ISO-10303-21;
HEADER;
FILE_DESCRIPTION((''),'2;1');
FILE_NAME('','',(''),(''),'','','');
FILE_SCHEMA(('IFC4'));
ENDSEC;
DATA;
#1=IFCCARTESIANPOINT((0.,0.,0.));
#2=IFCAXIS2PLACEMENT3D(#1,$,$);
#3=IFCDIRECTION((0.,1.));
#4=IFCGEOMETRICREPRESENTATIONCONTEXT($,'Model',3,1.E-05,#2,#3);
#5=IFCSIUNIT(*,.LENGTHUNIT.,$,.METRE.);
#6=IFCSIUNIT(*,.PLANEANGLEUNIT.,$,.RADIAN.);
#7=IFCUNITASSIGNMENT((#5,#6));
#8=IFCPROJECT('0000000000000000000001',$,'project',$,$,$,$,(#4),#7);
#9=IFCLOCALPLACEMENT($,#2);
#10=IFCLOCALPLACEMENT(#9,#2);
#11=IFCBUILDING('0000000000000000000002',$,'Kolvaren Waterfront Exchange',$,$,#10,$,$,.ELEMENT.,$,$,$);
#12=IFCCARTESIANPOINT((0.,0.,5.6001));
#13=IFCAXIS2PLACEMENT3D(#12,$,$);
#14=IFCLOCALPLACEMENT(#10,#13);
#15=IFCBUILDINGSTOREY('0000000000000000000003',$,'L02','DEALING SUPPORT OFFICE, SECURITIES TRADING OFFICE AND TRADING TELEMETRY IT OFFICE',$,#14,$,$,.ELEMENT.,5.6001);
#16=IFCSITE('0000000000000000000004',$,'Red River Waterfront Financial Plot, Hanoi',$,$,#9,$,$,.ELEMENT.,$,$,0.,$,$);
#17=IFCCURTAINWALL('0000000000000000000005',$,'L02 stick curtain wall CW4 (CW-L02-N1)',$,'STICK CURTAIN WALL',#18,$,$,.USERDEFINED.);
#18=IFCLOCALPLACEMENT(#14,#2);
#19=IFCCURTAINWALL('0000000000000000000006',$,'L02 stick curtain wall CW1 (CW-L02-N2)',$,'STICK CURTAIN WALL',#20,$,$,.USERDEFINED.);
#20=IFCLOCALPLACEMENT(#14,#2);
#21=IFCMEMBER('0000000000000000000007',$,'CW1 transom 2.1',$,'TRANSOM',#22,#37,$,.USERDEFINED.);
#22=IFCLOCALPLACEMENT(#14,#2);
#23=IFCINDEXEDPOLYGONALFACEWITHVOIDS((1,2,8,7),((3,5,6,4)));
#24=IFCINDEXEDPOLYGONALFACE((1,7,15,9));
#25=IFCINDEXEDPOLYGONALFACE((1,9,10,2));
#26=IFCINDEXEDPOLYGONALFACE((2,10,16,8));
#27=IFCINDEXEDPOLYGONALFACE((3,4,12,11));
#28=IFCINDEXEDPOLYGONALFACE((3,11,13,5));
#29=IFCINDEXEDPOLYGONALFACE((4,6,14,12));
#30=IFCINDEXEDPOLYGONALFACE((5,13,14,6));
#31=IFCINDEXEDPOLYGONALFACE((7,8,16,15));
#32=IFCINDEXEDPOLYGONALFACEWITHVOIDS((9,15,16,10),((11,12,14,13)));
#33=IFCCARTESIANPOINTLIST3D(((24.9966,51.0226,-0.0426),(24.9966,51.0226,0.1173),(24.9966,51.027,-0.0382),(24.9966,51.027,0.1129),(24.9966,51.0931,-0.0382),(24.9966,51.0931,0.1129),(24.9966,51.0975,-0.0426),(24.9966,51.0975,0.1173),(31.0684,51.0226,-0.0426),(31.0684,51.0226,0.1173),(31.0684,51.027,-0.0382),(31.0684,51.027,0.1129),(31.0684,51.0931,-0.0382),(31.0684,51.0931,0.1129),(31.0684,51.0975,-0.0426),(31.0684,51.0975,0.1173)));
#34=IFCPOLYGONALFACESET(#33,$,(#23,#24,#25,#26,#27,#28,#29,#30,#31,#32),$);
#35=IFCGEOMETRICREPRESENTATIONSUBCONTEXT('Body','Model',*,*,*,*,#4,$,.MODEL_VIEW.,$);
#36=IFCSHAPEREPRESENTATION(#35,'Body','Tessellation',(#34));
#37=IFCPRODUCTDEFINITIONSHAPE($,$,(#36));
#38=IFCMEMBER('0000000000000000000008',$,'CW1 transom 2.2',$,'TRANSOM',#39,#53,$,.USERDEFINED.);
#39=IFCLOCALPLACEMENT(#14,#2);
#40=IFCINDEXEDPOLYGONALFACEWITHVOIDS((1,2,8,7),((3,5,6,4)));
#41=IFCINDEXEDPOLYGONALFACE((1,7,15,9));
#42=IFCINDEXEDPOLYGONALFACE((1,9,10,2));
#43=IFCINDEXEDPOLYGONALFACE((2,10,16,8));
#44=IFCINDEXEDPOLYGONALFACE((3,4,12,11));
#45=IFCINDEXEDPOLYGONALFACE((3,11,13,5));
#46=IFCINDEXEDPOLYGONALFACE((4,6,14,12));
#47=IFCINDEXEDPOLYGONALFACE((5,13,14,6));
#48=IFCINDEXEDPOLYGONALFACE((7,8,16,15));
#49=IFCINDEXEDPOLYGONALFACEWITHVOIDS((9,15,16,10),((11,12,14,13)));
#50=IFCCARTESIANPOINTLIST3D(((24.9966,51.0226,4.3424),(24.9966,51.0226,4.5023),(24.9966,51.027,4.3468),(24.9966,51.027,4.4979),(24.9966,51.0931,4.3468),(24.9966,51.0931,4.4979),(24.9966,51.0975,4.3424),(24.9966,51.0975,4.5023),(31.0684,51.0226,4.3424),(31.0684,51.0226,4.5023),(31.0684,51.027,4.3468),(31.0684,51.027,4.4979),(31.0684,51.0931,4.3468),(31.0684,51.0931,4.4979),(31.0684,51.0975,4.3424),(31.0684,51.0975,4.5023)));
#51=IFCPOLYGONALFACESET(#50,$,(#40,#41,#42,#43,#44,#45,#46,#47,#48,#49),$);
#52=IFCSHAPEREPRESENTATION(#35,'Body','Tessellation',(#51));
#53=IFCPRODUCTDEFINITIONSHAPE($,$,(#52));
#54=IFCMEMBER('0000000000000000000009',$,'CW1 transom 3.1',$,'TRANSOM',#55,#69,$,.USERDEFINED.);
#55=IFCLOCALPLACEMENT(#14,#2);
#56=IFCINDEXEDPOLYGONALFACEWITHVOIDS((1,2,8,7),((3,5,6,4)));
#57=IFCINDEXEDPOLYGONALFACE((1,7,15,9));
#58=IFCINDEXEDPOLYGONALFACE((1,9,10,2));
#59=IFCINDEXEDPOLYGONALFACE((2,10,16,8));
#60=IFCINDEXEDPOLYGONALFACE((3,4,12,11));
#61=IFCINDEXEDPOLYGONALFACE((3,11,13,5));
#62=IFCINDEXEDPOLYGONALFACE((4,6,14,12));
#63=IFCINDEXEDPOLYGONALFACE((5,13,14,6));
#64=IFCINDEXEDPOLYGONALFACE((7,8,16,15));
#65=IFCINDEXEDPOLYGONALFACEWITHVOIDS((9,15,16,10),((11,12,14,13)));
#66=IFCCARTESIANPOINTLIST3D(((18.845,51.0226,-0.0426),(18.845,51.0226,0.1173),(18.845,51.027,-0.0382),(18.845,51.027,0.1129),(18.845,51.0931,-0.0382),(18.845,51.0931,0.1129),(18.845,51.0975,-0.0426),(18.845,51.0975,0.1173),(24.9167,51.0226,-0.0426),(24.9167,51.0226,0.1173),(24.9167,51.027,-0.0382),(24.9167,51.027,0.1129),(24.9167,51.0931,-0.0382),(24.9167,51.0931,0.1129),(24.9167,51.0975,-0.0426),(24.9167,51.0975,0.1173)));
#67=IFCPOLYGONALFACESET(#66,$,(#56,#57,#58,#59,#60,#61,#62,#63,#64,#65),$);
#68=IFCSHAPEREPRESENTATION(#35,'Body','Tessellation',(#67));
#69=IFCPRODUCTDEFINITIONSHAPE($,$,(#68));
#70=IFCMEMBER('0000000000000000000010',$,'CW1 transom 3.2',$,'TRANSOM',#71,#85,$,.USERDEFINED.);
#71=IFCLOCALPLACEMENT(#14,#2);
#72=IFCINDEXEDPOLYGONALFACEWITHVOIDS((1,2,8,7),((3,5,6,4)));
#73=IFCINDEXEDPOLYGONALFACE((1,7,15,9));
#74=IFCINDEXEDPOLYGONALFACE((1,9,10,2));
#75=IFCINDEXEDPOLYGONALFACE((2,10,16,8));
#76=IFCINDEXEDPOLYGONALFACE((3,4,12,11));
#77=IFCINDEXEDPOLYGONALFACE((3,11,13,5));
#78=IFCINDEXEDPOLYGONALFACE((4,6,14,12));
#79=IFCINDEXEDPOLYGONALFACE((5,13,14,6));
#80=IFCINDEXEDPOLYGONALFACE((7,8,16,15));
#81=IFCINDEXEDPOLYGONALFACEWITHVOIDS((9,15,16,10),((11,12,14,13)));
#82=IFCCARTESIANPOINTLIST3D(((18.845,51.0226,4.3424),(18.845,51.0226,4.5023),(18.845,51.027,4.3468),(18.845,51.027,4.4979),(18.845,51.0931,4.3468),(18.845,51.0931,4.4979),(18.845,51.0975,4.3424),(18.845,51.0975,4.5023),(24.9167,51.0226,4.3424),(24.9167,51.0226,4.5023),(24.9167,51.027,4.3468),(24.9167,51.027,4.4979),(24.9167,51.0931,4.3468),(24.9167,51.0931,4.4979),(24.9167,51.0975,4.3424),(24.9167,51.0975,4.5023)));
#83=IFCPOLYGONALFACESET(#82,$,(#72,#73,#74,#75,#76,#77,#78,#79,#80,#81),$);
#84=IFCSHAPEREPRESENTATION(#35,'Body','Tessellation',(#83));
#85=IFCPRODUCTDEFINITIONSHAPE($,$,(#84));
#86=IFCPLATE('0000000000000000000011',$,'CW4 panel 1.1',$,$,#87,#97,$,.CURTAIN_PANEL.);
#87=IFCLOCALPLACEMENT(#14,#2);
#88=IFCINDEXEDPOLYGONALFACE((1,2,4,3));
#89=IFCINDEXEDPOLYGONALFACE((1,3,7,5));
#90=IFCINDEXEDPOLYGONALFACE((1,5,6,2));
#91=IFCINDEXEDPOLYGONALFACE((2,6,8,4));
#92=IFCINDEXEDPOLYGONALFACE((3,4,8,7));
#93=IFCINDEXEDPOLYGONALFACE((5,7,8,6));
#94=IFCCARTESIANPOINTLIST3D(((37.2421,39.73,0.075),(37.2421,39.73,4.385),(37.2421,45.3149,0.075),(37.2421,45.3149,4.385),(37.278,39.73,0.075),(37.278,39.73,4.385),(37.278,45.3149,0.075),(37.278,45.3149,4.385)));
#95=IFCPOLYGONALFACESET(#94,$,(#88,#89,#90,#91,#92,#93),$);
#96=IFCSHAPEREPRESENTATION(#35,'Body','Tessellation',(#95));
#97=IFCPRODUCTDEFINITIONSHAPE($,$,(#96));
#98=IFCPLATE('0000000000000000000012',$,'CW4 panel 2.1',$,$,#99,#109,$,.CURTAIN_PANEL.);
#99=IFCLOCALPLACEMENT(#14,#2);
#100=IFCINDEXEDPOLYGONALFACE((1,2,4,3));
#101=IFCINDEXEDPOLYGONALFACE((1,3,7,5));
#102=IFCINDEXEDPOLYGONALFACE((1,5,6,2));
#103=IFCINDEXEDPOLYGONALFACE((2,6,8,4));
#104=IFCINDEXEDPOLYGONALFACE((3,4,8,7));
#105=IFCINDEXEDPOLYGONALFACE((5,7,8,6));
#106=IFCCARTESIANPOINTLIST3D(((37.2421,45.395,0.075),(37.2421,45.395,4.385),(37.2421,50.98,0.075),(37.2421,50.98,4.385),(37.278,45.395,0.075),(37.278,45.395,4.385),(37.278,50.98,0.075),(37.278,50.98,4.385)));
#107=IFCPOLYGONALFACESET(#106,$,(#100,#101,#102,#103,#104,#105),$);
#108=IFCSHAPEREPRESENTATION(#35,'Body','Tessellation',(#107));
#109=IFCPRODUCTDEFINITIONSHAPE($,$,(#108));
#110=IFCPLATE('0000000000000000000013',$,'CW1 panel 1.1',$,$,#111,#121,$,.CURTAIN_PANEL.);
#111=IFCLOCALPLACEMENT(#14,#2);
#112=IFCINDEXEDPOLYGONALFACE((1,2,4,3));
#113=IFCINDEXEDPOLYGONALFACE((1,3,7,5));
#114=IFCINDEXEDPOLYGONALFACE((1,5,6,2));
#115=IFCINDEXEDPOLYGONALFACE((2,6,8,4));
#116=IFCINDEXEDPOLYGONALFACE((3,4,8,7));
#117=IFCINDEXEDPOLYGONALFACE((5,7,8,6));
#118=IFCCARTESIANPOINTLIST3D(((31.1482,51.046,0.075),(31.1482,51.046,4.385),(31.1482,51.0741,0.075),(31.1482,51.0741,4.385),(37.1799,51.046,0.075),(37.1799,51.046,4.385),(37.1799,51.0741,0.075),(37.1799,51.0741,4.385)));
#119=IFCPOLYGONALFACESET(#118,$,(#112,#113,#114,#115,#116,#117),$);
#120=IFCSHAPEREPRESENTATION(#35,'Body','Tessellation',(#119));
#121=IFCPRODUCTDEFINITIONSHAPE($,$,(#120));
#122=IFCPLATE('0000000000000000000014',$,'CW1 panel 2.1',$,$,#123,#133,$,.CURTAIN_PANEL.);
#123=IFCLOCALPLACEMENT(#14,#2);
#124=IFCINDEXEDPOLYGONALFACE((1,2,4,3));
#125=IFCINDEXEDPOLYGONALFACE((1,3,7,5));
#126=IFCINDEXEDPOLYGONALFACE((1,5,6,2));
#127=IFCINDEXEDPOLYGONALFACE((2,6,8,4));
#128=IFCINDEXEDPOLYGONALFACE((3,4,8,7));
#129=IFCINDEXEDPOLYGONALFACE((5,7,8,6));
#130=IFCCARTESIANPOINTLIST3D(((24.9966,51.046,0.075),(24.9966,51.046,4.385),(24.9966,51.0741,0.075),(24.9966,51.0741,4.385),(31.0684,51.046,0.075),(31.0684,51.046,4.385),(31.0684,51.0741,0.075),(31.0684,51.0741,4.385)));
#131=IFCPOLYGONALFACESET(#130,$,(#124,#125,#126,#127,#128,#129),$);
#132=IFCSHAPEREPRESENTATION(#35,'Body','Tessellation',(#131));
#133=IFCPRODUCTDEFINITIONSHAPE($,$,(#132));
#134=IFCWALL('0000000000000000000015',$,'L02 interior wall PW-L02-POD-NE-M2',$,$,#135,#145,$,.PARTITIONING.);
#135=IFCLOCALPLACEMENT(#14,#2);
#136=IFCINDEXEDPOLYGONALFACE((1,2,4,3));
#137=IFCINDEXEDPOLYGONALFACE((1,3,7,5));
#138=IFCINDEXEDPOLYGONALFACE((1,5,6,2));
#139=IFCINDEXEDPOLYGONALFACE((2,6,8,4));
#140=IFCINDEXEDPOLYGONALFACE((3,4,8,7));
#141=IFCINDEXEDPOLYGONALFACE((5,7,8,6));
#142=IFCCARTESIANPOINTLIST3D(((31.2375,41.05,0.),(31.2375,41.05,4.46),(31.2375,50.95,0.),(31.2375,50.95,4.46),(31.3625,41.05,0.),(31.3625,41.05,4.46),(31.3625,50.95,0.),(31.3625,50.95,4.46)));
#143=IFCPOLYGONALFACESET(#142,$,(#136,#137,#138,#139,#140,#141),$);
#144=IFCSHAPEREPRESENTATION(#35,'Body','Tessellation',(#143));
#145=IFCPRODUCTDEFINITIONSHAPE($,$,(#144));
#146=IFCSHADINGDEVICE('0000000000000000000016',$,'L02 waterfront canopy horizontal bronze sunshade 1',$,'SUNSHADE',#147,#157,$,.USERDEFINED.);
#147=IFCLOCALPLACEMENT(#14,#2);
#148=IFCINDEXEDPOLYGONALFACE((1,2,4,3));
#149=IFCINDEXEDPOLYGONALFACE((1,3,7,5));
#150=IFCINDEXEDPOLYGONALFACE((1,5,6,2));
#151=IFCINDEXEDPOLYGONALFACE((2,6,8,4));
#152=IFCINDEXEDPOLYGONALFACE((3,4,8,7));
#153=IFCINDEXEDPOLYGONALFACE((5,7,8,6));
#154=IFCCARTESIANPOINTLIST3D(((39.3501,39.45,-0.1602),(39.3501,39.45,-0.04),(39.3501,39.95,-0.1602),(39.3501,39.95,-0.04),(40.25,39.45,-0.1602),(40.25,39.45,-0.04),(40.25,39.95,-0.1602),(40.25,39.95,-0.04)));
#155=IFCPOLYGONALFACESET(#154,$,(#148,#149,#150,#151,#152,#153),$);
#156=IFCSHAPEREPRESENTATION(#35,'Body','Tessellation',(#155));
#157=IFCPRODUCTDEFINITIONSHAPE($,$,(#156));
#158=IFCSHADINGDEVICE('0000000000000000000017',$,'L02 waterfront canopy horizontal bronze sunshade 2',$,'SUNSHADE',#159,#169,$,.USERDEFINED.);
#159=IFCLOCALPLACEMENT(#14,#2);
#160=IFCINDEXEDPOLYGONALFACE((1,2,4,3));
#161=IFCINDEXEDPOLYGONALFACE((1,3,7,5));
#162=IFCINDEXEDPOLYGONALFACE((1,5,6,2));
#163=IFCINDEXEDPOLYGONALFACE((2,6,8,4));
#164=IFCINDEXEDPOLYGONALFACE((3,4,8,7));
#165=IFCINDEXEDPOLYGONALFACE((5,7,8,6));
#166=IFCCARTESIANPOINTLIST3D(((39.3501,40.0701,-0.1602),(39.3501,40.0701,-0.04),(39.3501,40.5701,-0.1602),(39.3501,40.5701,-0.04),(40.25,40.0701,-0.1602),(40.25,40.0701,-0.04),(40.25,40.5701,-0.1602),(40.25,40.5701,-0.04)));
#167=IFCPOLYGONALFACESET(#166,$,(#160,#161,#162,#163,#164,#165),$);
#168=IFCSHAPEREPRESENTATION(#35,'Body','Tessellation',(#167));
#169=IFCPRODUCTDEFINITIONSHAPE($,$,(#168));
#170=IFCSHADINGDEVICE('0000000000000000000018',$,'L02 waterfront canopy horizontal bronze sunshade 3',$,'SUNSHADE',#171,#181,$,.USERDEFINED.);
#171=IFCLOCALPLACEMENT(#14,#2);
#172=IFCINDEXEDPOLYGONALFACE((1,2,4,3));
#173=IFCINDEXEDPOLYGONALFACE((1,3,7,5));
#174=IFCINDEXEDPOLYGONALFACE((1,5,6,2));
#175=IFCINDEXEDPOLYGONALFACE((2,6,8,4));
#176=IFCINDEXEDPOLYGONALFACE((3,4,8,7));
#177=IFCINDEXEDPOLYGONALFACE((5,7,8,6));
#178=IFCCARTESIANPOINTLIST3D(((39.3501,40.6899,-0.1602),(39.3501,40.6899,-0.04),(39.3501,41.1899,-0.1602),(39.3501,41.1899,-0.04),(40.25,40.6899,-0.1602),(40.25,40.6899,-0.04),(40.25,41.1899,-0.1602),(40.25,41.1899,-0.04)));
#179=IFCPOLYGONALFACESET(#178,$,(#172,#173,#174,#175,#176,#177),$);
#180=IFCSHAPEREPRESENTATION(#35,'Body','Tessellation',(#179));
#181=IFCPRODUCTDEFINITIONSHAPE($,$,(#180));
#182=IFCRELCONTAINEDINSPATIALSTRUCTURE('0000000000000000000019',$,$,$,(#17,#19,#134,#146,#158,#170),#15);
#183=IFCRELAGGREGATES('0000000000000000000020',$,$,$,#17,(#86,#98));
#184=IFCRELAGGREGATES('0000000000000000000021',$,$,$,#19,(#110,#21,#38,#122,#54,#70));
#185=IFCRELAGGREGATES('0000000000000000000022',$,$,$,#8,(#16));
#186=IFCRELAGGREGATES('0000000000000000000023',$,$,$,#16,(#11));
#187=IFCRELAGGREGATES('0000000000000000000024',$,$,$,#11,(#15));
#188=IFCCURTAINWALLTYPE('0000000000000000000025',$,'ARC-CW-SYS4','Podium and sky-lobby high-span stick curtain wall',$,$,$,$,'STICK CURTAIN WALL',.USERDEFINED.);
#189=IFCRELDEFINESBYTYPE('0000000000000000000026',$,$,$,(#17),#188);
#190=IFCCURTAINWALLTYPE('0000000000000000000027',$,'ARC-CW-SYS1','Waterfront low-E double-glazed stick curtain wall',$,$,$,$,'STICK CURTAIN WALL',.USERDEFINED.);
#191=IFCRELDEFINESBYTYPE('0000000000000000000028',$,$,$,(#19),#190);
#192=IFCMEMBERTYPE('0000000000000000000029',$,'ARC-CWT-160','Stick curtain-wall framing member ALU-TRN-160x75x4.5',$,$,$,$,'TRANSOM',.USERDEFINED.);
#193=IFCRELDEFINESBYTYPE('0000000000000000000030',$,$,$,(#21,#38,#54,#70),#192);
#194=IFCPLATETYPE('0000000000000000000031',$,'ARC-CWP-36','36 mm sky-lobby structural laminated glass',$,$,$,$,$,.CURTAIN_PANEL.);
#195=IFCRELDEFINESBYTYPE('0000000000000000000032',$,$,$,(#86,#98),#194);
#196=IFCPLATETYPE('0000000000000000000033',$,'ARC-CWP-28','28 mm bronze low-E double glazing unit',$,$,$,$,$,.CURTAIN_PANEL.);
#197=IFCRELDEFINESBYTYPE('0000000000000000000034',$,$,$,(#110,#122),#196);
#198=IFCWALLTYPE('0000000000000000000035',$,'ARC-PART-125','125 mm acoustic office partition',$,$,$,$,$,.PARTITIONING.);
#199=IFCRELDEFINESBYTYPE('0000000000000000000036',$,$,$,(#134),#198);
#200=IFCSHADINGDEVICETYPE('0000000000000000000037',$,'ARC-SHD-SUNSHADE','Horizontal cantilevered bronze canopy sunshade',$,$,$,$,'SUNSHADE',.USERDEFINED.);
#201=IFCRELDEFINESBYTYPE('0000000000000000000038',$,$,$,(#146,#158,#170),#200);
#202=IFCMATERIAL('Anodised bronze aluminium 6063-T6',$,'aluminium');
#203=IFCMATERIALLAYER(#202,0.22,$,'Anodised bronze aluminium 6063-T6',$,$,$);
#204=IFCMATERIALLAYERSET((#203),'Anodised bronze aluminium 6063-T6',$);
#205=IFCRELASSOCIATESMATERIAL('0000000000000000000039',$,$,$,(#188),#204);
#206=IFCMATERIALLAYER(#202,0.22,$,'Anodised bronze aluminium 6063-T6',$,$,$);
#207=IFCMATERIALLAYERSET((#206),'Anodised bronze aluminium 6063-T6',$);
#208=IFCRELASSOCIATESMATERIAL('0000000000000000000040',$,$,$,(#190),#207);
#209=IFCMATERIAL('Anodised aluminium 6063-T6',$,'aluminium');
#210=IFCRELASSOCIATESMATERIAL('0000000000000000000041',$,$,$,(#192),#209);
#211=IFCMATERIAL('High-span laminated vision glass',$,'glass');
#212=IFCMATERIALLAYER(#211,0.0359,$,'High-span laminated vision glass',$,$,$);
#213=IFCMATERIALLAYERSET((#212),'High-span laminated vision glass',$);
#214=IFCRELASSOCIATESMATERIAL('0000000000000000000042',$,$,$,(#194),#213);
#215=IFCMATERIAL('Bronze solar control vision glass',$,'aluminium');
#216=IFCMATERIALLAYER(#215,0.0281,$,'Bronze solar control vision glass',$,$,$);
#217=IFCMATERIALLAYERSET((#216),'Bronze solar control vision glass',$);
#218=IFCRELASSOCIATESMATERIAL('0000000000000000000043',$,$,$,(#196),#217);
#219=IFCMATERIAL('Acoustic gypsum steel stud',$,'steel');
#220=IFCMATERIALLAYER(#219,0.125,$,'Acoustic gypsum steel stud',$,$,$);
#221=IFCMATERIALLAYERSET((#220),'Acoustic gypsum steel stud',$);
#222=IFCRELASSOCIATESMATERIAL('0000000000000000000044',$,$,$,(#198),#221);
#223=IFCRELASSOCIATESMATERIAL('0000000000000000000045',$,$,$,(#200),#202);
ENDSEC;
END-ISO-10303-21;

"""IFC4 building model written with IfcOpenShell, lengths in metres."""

from ifc_helpers import new_model, si_unit, direction, frame, frame_2d, origin, origin_with_axes, origin_2d, place, context, subcontext, project, spatial, rectangle, hollow_rectangle, extrude, source, transform, mapped, material, layer, layer_set, material_profile, profile_set, type_object, element, aggregate, save


model = new_model("IFC4")

# Units and contexts
model_context = context("Model", 3, precision=1e-05, world=origin(), true_north=direction((0.0, 1.0)))
body_context = subcontext(model_context, "Body", "Model", "MODEL_VIEW")
ifc_project = project(units=[si_unit("LENGTHUNIT", "METRE"), si_unit("PLANEANGLEUNIT", "RADIAN")], contexts=[model_context])

# Site, building, storey
site_placement = place(None, origin())
site = spatial("IfcSite", under=ifc_project, at=site_placement, Name="Red River Waterfront Financial Plot, Hanoi", CompositionType="ELEMENT", RefElevation=0.0)
building_placement = place(site_placement, origin())
building = spatial("IfcBuilding", under=site, at=building_placement, Name="Kolvaren Waterfront Exchange", CompositionType="ELEMENT")
storey_placement = place(building_placement, frame((0.0, 0.0, 5.6001)))
storey = spatial("IfcBuildingStorey", under=building, at=storey_placement, Name="L02", Description="DEALING SUPPORT OFFICE, SECURITIES TRADING OFFICE AND TRADING TELEMETRY IT OFFICE", CompositionType="ELEMENT", Elevation=5.6001)

# Shared definitions
ifc_material_1 = material(Name="Anodised bronze aluminium 6063-T6", Category="aluminium")
ifc_layer_1 = layer(ifc_material_1, 0.22, Name="Anodised bronze aluminium 6063-T6")
ifc_layer_set_1 = layer_set([ifc_layer_1], Name="Anodised bronze aluminium 6063-T6")
curtain_wall_type_1 = type_object("IfcCurtainWallType", Name="ARC-CW-SYS4", Description="Podium and sky-lobby high-span stick curtain wall", ElementType="STICK CURTAIN WALL", PredefinedType="USERDEFINED", material=ifc_layer_set_1)
ifc_material_2 = material(Name="Anodised aluminium 6063-T6", Category="aluminium")

# Curtain walls
curtain_wall_1_placement = place(storey_placement, origin())
curtain_wall_1 = element("IfcCurtainWall", 1, at=curtain_wall_1_placement, inside=storey, type_object=curtain_wall_type_1, Name="L02 stick curtain wall CW4 (CW-L02-N1)", ObjectType="STICK CURTAIN WALL", PredefinedType="USERDEFINED")
ifc_layer_2 = layer(ifc_material_1, 0.22, Name="Anodised bronze aluminium 6063-T6")
ifc_layer_set_2 = layer_set([ifc_layer_2], Name="Anodised bronze aluminium 6063-T6")
curtain_wall_type_2 = type_object("IfcCurtainWallType", Name="ARC-CW-SYS1", Description="Waterfront low-E double-glazed stick curtain wall", ElementType="STICK CURTAIN WALL", PredefinedType="USERDEFINED", material=ifc_layer_set_2)
curtain_wall_2_placement = place(storey_placement, origin())
curtain_wall_2 = element("IfcCurtainWall", 2, at=curtain_wall_2_placement, inside=storey, type_object=curtain_wall_type_2, Name="L02 stick curtain wall CW1 (CW-L02-N2)", ObjectType="STICK CURTAIN WALL", PredefinedType="USERDEFINED")

# Members
ifc_material_profile_1 = material_profile(ifc_material_2, hollow_rectangle(XDim=0.075, YDim=0.1599, WallThickness=0.0044, at=origin_2d()), Name="ALU-TRN-160x75x4.5")
ifc_profile_set_1 = profile_set([ifc_material_profile_1], Name="Anodised aluminium 6063-T6")
member_type_1 = type_object("IfcMemberType", Name="ARC-CWT-160", Description="Stick curtain-wall framing member ALU-TRN-160x75x4.5", ElementType="TRANSOM", PredefinedType="USERDEFINED", material=ifc_profile_set_1)
shared_shape_1 = source(origin_with_axes(), body_context, "Body", "SweptSolid", [
    extrude(hollow_rectangle(XDim=0.075, YDim=0.1599, WallThickness=0.0044, at=origin_2d()), origin(), (0.0, 0.0, 1.0), 6.0718),
])
member_1_placement = place(storey_placement, frame((31.0684, 51.0601, 0.0374), z_axis=(-1.0, 0.0, 0.0), x_axis=(0.0, -1.0, 0.0)))
member_1 = element("IfcMember", 3, at=member_1_placement, type_object=member_type_1, Name="CW1 transom 2.1", ObjectType="TRANSOM", PredefinedType="USERDEFINED", context=body_context, shape_type="MappedRepresentation", body=[
    mapped(shared_shape_1, transform((0.0, 0.0, 0.0), x_axis=(1.0, 0.0, 0.0), y_axis=(0.0, 1.0, 0.0), z_axis=(0.0, 0.0, 1.0), scale=1.0)),
])
member_2_placement = place(storey_placement, frame((31.0684, 51.0601, 4.4224), z_axis=(-1.0, 0.0, 0.0), x_axis=(0.0, -1.0, 0.0)))
member_2 = element("IfcMember", 4, at=member_2_placement, type_object=member_type_1, Name="CW1 transom 2.2", ObjectType="TRANSOM", PredefinedType="USERDEFINED", context=body_context, shape_type="MappedRepresentation", body=[
    mapped(shared_shape_1, transform((0.0, 0.0, 0.0), x_axis=(1.0, 0.0, 0.0), y_axis=(0.0, 1.0, 0.0), z_axis=(0.0, 0.0, 1.0), scale=1.0)),
])
member_3_placement = place(storey_placement, frame((24.9167, 51.0601, 0.0374), z_axis=(-1.0, 0.0, 0.0), x_axis=(0.0, -1.0, 0.0)))
member_3 = element("IfcMember", 5, at=member_3_placement, type_object=member_type_1, Name="CW1 transom 3.1", ObjectType="TRANSOM", PredefinedType="USERDEFINED", context=body_context, shape_type="MappedRepresentation", body=[
    mapped(shared_shape_1, transform((0.0, 0.0, 0.0), x_axis=(1.0, 0.0, 0.0), y_axis=(0.0, 1.0, 0.0), z_axis=(0.0, 0.0, 1.0), scale=1.0)),
])
member_4_placement = place(storey_placement, frame((24.9167, 51.0601, 4.4224), z_axis=(-1.0, 0.0, 0.0), x_axis=(0.0, -1.0, 0.0)))
member_4 = element("IfcMember", 6, at=member_4_placement, type_object=member_type_1, Name="CW1 transom 3.2", ObjectType="TRANSOM", PredefinedType="USERDEFINED", context=body_context, shape_type="MappedRepresentation", body=[
    mapped(shared_shape_1, transform((0.0, 0.0, 0.0), x_axis=(1.0, 0.0, 0.0), y_axis=(0.0, 1.0, 0.0), z_axis=(0.0, 0.0, 1.0), scale=1.0)),
])

# Plates
ifc_material_3 = material(Name="High-span laminated vision glass", Category="glass")
ifc_layer_3 = layer(ifc_material_3, 0.0359, Name="High-span laminated vision glass")
ifc_layer_set_3 = layer_set([ifc_layer_3], Name="High-span laminated vision glass")
plate_type_1 = type_object("IfcPlateType", Name="ARC-CWP-36", Description="36 mm sky-lobby structural laminated glass", PredefinedType="CURTAIN_PANEL", material=ifc_layer_set_3)
shared_shape_2 = source(origin_with_axes(), body_context, "Body", "SweptSolid", [
    extrude(rectangle(XDim=5.585, YDim=0.0359, at=origin_2d()), origin(), (0.0, 0.0, 1.0), 4.3101),
])
plate_1_placement = place(storey_placement, frame((37.26, 42.5225, 0.075), z_axis=(0.0, 0.0, 1.0), x_axis=(0.0, 1.0, 0.0)))
plate_1 = element("IfcPlate", 7, at=plate_1_placement, type_object=plate_type_1, Name="CW4 panel 1.1", PredefinedType="CURTAIN_PANEL", context=body_context, shape_type="MappedRepresentation", body=[
    mapped(shared_shape_2, transform((0.0, 0.0, 0.0), x_axis=(1.0, 0.0, 0.0), y_axis=(0.0, 1.0, 0.0), z_axis=(0.0, 0.0, 1.0), scale=1.0)),
])
plate_2_placement = place(storey_placement, frame((37.26, 48.1875, 0.075), z_axis=(0.0, 0.0, 1.0), x_axis=(0.0, 1.0, 0.0)))
plate_2 = element("IfcPlate", 8, at=plate_2_placement, type_object=plate_type_1, Name="CW4 panel 2.1", PredefinedType="CURTAIN_PANEL", context=body_context, shape_type="MappedRepresentation", body=[
    mapped(shared_shape_2, transform((0.0, 0.0, 0.0), x_axis=(1.0, 0.0, 0.0), y_axis=(0.0, 1.0, 0.0), z_axis=(0.0, 0.0, 1.0), scale=1.0)),
])
aggregate(curtain_wall_1, [plate_1, plate_2])
ifc_material_4 = material(Name="Bronze solar control vision glass", Category="aluminium")
ifc_layer_4 = layer(ifc_material_4, 0.0281, Name="Bronze solar control vision glass")
ifc_layer_set_4 = layer_set([ifc_layer_4], Name="Bronze solar control vision glass")
plate_type_2 = type_object("IfcPlateType", Name="ARC-CWP-28", Description="28 mm bronze low-E double glazing unit", PredefinedType="CURTAIN_PANEL", material=ifc_layer_set_4)
shared_shape_3 = source(origin_with_axes(), body_context, "Body", "SweptSolid", [
    extrude(rectangle(XDim=6.0317, YDim=0.0281, at=origin_2d()), origin(), (0.0, 0.0, 1.0), 4.3101),
])
plate_3_placement = place(storey_placement, frame((34.1641, 51.0601, 0.075), z_axis=(0.0, 0.0, 1.0), x_axis=(-1.0, 0.0, 0.0)))
plate_3 = element("IfcPlate", 9, at=plate_3_placement, type_object=plate_type_2, Name="CW1 panel 1.1", PredefinedType="CURTAIN_PANEL", context=body_context, shape_type="MappedRepresentation", body=[
    mapped(shared_shape_3, transform((0.0, 0.0, 0.0), x_axis=(1.0, 0.0, 0.0), y_axis=(0.0, 1.0, 0.0), z_axis=(0.0, 0.0, 1.0), scale=1.0)),
])
shared_shape_4 = source(origin_with_axes(), body_context, "Body", "SweptSolid", [
    extrude(rectangle(XDim=6.0718, YDim=0.0281, at=origin_2d()), origin(), (0.0, 0.0, 1.0), 4.3101),
])
plate_4_placement = place(storey_placement, frame((28.0325, 51.0601, 0.075), z_axis=(0.0, 0.0, 1.0), x_axis=(-1.0, 0.0, 0.0)))
plate_4 = element("IfcPlate", 10, at=plate_4_placement, type_object=plate_type_2, Name="CW1 panel 2.1", PredefinedType="CURTAIN_PANEL", context=body_context, shape_type="MappedRepresentation", body=[
    mapped(shared_shape_4, transform((0.0, 0.0, 0.0), x_axis=(1.0, 0.0, 0.0), y_axis=(0.0, 1.0, 0.0), z_axis=(0.0, 0.0, 1.0), scale=1.0)),
])
aggregate(curtain_wall_2, [plate_3, member_1, member_2, plate_4, member_3, member_4])

# Wall
ifc_material_5 = material(Name="Acoustic gypsum steel stud", Category="steel")
ifc_layer_5 = layer(ifc_material_5, 0.125, Name="Acoustic gypsum steel stud")
ifc_layer_set_5 = layer_set([ifc_layer_5], Name="Acoustic gypsum steel stud")
wall_type = type_object("IfcWallType", Name="ARC-PART-125", Description="125 mm acoustic office partition", PredefinedType="PARTITIONING", material=ifc_layer_set_5)
wall_placement = place(storey_placement, frame((31.3, 41.05, 0.0), z_axis=(0.0, 0.0, 1.0), x_axis=(0.0, 1.0, 0.0)))
element("IfcWall", 11, at=wall_placement, inside=storey, type_object=wall_type, Name="L02 interior wall PW-L02-POD-NE-M2", PredefinedType="PARTITIONING", context=body_context, shape_type="SweptSolid", body=[
    extrude(rectangle(XDim=9.8999, YDim=0.125, at=frame_2d((4.95, 0.0))), origin(), (0.0, 0.0, 1.0), 4.46),
])

# Shading devices
shading_device_type = type_object("IfcShadingDeviceType", Name="ARC-SHD-SUNSHADE", Description="Horizontal cantilevered bronze canopy sunshade", ElementType="SUNSHADE", PredefinedType="USERDEFINED", material=ifc_material_1)
shared_shape_5 = source(origin_with_axes(), body_context, "Body", "SweptSolid", [
    extrude(rectangle(XDim=0.8999, YDim=0.5, at=origin_2d()), origin(), (0.0, 0.0, 1.0), 0.1201),
])
for number, where, z_axis, x_axis, name in (
    (12, (39.8, 39.7, -0.1602), (0.0, 0.0, 1.0), (1.0, 0.0, 0.0), "L02 waterfront canopy horizontal bronze sunshade 1"),
    (13, (39.8, 40.3201, -0.1602), (0.0, 0.0, 1.0), (1.0, 0.0, 0.0), "L02 waterfront canopy horizontal bronze sunshade 2"),
    (14, (39.8, 40.9399, -0.1602), (0.0, 0.0, 1.0), (1.0, 0.0, 0.0), "L02 waterfront canopy horizontal bronze sunshade 3"),
):
    element("IfcShadingDevice", number, at=place(storey_placement, frame(where, z_axis=z_axis, x_axis=x_axis)), inside=storey, type_object=shading_device_type, Name=name, ObjectType="SUNSHADE", PredefinedType="USERDEFINED", context=body_context, shape_type="MappedRepresentation", body=[
        mapped(shared_shape_5, transform((0.0, 0.0, 0.0), x_axis=(1.0, 0.0, 0.0), y_axis=(0.0, 1.0, 0.0), z_axis=(0.0, 0.0, 1.0), scale=1.0)),
    ])

save(model, "model.ifc")
